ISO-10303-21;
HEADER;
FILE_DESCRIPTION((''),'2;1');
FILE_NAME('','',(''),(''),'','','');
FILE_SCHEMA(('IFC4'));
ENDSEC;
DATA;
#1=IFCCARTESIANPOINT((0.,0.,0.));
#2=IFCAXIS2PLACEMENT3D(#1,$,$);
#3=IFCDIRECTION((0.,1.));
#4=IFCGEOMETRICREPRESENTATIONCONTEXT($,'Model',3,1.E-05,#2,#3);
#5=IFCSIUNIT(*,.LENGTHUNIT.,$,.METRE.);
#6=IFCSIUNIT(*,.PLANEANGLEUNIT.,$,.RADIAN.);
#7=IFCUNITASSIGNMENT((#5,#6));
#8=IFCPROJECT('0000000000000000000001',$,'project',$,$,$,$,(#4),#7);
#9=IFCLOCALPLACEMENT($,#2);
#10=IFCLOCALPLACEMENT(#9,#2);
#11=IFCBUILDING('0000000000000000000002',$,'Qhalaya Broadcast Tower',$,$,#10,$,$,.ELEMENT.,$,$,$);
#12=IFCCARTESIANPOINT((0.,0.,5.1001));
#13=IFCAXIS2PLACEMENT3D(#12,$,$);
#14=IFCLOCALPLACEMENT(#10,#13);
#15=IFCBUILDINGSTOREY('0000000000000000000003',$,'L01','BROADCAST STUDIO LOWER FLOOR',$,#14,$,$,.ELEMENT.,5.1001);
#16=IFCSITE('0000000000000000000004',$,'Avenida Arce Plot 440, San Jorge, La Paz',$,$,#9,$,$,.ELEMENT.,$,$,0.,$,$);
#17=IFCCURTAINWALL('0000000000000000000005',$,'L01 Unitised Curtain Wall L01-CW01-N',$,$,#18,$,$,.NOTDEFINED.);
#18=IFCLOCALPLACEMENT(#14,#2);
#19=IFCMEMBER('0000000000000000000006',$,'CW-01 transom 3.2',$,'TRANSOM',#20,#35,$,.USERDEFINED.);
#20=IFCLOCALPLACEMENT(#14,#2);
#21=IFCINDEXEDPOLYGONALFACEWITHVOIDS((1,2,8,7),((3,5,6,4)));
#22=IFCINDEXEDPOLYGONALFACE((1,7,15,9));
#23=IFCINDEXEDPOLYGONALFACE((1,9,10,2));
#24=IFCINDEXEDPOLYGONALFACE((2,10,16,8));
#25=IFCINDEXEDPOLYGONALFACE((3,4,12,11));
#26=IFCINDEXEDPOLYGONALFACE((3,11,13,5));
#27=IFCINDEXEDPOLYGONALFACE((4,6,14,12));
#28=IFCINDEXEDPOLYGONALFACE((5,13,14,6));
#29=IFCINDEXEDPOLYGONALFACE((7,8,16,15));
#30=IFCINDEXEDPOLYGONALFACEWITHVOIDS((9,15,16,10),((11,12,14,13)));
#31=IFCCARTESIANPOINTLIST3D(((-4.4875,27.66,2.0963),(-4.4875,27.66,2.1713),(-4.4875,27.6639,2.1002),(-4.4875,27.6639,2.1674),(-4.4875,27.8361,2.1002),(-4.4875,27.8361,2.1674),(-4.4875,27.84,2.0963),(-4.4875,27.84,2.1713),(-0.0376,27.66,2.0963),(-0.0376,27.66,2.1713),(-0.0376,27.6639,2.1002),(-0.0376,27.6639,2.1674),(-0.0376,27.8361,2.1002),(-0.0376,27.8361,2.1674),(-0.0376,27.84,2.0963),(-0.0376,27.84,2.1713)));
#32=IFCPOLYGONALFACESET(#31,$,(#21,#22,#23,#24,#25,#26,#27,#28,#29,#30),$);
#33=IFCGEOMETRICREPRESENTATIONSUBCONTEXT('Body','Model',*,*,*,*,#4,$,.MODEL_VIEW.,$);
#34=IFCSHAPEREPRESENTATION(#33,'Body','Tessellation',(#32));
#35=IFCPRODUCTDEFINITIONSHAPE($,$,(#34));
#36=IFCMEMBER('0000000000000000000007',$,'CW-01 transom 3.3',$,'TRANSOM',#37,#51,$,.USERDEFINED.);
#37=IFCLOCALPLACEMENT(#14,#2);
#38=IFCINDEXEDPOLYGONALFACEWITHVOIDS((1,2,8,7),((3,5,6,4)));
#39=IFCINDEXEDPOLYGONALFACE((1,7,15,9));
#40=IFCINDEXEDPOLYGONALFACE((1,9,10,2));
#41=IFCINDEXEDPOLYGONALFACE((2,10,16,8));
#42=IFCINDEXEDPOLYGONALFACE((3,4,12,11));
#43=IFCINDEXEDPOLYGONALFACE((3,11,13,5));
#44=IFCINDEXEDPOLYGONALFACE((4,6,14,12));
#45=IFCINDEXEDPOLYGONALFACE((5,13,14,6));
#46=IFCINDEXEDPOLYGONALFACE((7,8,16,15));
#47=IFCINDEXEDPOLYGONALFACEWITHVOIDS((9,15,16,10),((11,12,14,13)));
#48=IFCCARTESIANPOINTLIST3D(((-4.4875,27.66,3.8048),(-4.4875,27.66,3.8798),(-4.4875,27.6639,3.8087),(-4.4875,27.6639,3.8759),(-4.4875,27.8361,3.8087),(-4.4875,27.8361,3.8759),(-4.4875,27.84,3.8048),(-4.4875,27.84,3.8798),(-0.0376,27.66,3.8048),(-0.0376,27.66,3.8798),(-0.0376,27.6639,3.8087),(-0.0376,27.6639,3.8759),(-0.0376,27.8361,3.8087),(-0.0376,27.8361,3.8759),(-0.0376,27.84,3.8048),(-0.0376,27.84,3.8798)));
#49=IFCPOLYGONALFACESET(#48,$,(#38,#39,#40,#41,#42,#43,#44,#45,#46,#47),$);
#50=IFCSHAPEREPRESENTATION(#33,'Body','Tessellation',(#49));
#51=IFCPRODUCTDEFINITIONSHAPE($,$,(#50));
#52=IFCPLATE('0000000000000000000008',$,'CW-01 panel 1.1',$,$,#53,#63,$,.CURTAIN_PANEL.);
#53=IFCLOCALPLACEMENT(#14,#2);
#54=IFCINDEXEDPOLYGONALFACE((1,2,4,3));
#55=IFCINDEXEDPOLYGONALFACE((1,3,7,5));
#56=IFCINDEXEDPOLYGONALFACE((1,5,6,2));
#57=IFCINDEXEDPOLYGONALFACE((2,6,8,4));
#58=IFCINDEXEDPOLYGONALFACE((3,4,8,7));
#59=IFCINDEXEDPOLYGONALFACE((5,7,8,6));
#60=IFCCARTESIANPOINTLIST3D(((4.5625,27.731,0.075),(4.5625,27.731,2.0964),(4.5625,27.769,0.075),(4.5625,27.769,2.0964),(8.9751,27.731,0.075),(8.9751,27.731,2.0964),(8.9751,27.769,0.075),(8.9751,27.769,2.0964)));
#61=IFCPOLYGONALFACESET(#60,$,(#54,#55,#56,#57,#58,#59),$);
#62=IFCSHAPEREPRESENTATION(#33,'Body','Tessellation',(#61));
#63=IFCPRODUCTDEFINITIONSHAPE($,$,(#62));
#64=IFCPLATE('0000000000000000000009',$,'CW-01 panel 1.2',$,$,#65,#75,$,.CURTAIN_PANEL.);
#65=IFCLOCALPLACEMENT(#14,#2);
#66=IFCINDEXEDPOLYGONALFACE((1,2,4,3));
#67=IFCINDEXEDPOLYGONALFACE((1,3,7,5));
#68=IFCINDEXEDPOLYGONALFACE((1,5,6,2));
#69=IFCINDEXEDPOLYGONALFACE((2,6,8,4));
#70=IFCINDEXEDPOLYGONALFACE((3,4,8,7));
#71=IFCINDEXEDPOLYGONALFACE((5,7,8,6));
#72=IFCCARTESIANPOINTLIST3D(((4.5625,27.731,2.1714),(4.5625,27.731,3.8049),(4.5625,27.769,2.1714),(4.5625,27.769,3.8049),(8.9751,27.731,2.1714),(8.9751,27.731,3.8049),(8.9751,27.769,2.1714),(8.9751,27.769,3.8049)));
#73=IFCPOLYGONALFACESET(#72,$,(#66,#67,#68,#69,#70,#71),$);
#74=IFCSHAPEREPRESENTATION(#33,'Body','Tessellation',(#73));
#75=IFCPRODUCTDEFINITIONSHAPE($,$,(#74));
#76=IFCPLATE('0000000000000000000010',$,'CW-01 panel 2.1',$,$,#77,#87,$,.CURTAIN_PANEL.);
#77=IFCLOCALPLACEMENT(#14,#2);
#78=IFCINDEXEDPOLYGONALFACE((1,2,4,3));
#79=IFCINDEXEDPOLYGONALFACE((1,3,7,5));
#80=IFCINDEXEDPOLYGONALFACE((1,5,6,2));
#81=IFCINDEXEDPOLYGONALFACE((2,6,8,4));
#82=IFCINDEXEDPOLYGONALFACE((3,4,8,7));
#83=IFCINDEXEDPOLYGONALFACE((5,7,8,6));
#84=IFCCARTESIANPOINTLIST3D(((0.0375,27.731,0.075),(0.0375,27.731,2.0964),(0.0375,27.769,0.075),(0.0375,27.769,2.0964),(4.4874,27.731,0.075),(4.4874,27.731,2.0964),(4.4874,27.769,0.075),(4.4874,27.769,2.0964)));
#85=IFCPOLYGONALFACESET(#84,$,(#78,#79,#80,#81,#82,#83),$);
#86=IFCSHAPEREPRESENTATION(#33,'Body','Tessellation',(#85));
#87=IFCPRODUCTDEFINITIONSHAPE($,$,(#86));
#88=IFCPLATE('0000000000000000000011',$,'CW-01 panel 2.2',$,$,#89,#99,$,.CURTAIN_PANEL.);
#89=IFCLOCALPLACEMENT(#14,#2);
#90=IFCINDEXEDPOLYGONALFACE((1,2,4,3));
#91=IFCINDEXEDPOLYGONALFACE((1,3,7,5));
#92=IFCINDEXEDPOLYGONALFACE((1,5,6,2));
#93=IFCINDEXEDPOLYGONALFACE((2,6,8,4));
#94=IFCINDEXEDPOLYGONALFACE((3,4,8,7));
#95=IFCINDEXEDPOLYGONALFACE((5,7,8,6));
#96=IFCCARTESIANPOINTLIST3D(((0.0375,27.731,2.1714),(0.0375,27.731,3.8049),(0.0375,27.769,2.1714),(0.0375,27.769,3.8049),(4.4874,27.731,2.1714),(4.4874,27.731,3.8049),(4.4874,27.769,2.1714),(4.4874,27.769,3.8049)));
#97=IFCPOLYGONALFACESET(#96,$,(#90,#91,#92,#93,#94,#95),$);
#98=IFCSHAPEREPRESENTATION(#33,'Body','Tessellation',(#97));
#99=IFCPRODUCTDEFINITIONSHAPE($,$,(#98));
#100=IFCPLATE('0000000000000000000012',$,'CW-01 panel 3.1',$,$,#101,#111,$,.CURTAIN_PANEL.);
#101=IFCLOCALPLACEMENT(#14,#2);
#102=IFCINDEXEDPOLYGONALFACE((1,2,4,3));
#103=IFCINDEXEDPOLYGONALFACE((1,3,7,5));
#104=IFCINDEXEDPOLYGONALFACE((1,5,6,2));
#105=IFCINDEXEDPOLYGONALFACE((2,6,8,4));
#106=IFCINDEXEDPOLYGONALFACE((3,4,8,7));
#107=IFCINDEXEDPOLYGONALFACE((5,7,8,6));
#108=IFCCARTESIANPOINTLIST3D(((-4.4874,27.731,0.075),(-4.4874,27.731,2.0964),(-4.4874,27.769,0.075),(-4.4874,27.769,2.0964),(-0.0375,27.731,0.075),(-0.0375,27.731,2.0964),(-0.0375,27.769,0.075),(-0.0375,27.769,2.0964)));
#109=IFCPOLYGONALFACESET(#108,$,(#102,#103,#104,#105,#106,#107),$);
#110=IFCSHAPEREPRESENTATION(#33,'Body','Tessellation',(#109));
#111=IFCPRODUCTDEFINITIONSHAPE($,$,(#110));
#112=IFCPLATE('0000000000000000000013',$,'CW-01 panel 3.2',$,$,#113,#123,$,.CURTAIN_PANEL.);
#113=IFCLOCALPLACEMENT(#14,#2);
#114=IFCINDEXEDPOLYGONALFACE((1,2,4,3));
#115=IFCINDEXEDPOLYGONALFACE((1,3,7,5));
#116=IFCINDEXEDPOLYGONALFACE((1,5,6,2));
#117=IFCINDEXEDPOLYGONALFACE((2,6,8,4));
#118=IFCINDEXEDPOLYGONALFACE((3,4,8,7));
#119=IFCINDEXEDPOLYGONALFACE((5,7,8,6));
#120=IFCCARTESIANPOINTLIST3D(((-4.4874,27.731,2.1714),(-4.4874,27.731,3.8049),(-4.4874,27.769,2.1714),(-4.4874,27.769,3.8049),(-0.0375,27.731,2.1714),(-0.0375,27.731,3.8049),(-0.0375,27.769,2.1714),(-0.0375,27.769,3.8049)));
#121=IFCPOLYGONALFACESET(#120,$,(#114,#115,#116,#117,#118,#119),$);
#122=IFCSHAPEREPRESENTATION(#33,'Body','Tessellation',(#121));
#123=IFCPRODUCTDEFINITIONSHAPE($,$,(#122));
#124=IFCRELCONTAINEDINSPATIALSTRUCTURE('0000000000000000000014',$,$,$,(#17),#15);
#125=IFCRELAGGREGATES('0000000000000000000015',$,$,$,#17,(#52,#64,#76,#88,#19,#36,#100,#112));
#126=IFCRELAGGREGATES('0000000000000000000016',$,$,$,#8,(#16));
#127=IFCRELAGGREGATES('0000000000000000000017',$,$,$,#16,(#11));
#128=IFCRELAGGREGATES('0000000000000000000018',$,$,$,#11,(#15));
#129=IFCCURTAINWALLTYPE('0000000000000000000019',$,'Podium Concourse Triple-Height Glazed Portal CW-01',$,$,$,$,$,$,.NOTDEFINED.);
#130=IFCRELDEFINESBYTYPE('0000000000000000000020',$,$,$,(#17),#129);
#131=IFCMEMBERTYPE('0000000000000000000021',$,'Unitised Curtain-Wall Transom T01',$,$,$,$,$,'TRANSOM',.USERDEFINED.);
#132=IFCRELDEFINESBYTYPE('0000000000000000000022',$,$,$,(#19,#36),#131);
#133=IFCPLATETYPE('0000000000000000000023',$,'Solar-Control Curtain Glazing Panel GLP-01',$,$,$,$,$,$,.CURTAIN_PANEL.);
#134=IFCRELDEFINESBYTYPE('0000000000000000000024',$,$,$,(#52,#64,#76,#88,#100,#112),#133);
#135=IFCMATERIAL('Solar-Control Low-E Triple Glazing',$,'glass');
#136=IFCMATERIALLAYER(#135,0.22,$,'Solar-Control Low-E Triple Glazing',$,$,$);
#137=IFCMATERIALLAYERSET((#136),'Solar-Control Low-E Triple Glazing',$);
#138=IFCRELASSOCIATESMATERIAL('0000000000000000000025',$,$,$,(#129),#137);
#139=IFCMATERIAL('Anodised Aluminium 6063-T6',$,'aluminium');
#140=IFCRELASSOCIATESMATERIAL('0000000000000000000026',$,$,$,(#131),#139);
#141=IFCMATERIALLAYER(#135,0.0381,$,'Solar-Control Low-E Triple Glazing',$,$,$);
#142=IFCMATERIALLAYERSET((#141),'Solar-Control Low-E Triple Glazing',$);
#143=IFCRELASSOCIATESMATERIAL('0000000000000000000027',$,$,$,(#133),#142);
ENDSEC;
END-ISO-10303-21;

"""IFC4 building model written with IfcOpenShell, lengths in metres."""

from ifc_helpers import new_model, si_unit, direction, frame, origin, origin_2d, place, context, subcontext, project, spatial, rectangle, hollow_rectangle, extrude, material, layer, layer_set, material_profile, profile_set, type_object, element, aggregate, save


model = new_model("IFC4")

# Units and contexts
model_context = context("Model", 3, precision=1e-05, world=origin(), true_north=direction((0.0, 1.0)))
body_context = subcontext(model_context, "Body", "Model", "MODEL_VIEW")
ifc_project = project(units=[si_unit("LENGTHUNIT", "METRE"), si_unit("PLANEANGLEUNIT", "RADIAN")], contexts=[model_context])

# Site, building, storey
site_placement = place(None, origin())
site = spatial("IfcSite", under=ifc_project, at=site_placement, Name="Avenida Arce Plot 440, San Jorge, La Paz", CompositionType="ELEMENT", RefElevation=0.0)
building_placement = place(site_placement, origin())
building = spatial("IfcBuilding", under=site, at=building_placement, Name="Qhalaya Broadcast Tower", CompositionType="ELEMENT")
storey_placement = place(building_placement, frame((0.0, 0.0, 5.1001)))
storey = spatial("IfcBuildingStorey", under=building, at=storey_placement, Name="L01", Description="BROADCAST STUDIO LOWER FLOOR", CompositionType="ELEMENT", Elevation=5.1001)

# Curtain wall, members, plates
ifc_material_1 = material(Name="Solar-Control Low-E Triple Glazing", Category="glass")
ifc_layer_1 = layer(ifc_material_1, 0.22, Name="Solar-Control Low-E Triple Glazing")
ifc_layer_set_1 = layer_set([ifc_layer_1], Name="Solar-Control Low-E Triple Glazing")
curtain_wall_type = type_object("IfcCurtainWallType", Name="Podium Concourse Triple-Height Glazed Portal CW-01", PredefinedType="NOTDEFINED", material=ifc_layer_set_1)
curtain_wall_placement = place(storey_placement, origin())
curtain_wall = element("IfcCurtainWall", 1, at=curtain_wall_placement, inside=storey, type_object=curtain_wall_type, Name="L01 Unitised Curtain Wall L01-CW01-N", PredefinedType="NOTDEFINED")
ifc_material_2 = material(Name="Anodised Aluminium 6063-T6", Category="aluminium")
ifc_material_profile_1 = material_profile(ifc_material_2, hollow_rectangle(XDim=0.075, YDim=0.1799, WallThickness=0.0039, at=origin_2d()), Name="ALU-TRN 75x180x4")
ifc_profile_set_1 = profile_set([ifc_material_profile_1], Name="Anodised Aluminium 6063-T6")
member_type_1 = type_object("IfcMemberType", Name="Unitised Curtain-Wall Transom T01", ElementType="TRANSOM", PredefinedType="USERDEFINED", material=ifc_profile_set_1)
member_1_placement = place(storey_placement, frame((-0.0376, 27.75, 2.1338), z_axis=(-1.0, 0.0, 0.0), x_axis=(0.0, 0.0, 1.0)))
member_1 = element("IfcMember", 2, at=member_1_placement, type_object=member_type_1, Name="CW-01 transom 3.2", ObjectType="TRANSOM", PredefinedType="USERDEFINED", context=body_context, shape_type="SweptSolid", body=[
    extrude(hollow_rectangle(XDim=0.075, YDim=0.1799, WallThickness=0.0039, at=origin_2d()), origin(), (0.0, 0.0, 1.0), 4.45),
])
member_2_placement = place(storey_placement, frame((-0.0376, 27.75, 3.8423), z_axis=(-1.0, 0.0, 0.0), x_axis=(0.0, 0.0, 1.0)))
member_2 = element("IfcMember", 3, at=member_2_placement, type_object=member_type_1, Name="CW-01 transom 3.3", ObjectType="TRANSOM", PredefinedType="USERDEFINED", context=body_context, shape_type="SweptSolid", body=[
    extrude(hollow_rectangle(XDim=0.075, YDim=0.1799, WallThickness=0.0039, at=origin_2d()), origin(), (0.0, 0.0, 1.0), 4.45),
])
ifc_layer_2 = layer(ifc_material_1, 0.0381, Name="Solar-Control Low-E Triple Glazing")
ifc_layer_set_2 = layer_set([ifc_layer_2], Name="Solar-Control Low-E Triple Glazing")
plate_type = type_object("IfcPlateType", Name="Solar-Control Curtain Glazing Panel GLP-01", PredefinedType="CURTAIN_PANEL", material=ifc_layer_set_2)
plate_1_placement = place(storey_placement, frame((6.7688, 27.75, 0.075), z_axis=(0.0, 0.0, 1.0), x_axis=(-1.0, 0.0, 0.0)))
plate_1 = element("IfcPlate", 4, at=plate_1_placement, type_object=plate_type, Name="CW-01 panel 1.1", PredefinedType="CURTAIN_PANEL", context=body_context, shape_type="SweptSolid", body=[
    extrude(rectangle(XDim=4.4126, YDim=0.0381, at=origin_2d()), origin(), (0.0, 0.0, 1.0), 2.0215),
])
plate_2_placement = place(storey_placement, frame((6.7688, 27.75, 2.1714), z_axis=(0.0, 0.0, 1.0), x_axis=(-1.0, 0.0, 0.0)))
plate_2 = element("IfcPlate", 5, at=plate_2_placement, type_object=plate_type, Name="CW-01 panel 1.2", PredefinedType="CURTAIN_PANEL", context=body_context, shape_type="SweptSolid", body=[
    extrude(rectangle(XDim=4.4126, YDim=0.0381, at=origin_2d()), origin(), (0.0, 0.0, 1.0), 1.6335),
])
plate_3_placement = place(storey_placement, frame((2.2625, 27.75, 0.075), z_axis=(0.0, 0.0, 1.0), x_axis=(-1.0, 0.0, 0.0)))
plate_3 = element("IfcPlate", 6, at=plate_3_placement, type_object=plate_type, Name="CW-01 panel 2.1", PredefinedType="CURTAIN_PANEL", context=body_context, shape_type="SweptSolid", body=[
    extrude(rectangle(XDim=4.45, YDim=0.0381, at=origin_2d()), origin(), (0.0, 0.0, 1.0), 2.0215),
])
plate_4_placement = place(storey_placement, frame((2.2625, 27.75, 2.1714), z_axis=(0.0, 0.0, 1.0), x_axis=(-1.0, 0.0, 0.0)))
plate_4 = element("IfcPlate", 7, at=plate_4_placement, type_object=plate_type, Name="CW-01 panel 2.2", PredefinedType="CURTAIN_PANEL", context=body_context, shape_type="SweptSolid", body=[
    extrude(rectangle(XDim=4.45, YDim=0.0381, at=origin_2d()), origin(), (0.0, 0.0, 1.0), 1.6335),
])
plate_5_placement = place(storey_placement, frame((-2.2625, 27.75, 0.075), z_axis=(0.0, 0.0, 1.0), x_axis=(-1.0, 0.0, 0.0)))
plate_5 = element("IfcPlate", 8, at=plate_5_placement, type_object=plate_type, Name="CW-01 panel 3.1", PredefinedType="CURTAIN_PANEL", context=body_context, shape_type="SweptSolid", body=[
    extrude(rectangle(XDim=4.45, YDim=0.0381, at=origin_2d()), origin(), (0.0, 0.0, 1.0), 2.0215),
])
plate_6_placement = place(storey_placement, frame((-2.2625, 27.75, 2.1714), z_axis=(0.0, 0.0, 1.0), x_axis=(-1.0, 0.0, 0.0)))
plate_6 = element("IfcPlate", 9, at=plate_6_placement, type_object=plate_type, Name="CW-01 panel 3.2", PredefinedType="CURTAIN_PANEL", context=body_context, shape_type="SweptSolid", body=[
    extrude(rectangle(XDim=4.45, YDim=0.0381, at=origin_2d()), origin(), (0.0, 0.0, 1.0), 1.6335),
])
aggregate(curtain_wall, [plate_1, plate_2, plate_3, plate_4, member_1, member_2, plate_5, plate_6])

save(model, "model.ifc")
